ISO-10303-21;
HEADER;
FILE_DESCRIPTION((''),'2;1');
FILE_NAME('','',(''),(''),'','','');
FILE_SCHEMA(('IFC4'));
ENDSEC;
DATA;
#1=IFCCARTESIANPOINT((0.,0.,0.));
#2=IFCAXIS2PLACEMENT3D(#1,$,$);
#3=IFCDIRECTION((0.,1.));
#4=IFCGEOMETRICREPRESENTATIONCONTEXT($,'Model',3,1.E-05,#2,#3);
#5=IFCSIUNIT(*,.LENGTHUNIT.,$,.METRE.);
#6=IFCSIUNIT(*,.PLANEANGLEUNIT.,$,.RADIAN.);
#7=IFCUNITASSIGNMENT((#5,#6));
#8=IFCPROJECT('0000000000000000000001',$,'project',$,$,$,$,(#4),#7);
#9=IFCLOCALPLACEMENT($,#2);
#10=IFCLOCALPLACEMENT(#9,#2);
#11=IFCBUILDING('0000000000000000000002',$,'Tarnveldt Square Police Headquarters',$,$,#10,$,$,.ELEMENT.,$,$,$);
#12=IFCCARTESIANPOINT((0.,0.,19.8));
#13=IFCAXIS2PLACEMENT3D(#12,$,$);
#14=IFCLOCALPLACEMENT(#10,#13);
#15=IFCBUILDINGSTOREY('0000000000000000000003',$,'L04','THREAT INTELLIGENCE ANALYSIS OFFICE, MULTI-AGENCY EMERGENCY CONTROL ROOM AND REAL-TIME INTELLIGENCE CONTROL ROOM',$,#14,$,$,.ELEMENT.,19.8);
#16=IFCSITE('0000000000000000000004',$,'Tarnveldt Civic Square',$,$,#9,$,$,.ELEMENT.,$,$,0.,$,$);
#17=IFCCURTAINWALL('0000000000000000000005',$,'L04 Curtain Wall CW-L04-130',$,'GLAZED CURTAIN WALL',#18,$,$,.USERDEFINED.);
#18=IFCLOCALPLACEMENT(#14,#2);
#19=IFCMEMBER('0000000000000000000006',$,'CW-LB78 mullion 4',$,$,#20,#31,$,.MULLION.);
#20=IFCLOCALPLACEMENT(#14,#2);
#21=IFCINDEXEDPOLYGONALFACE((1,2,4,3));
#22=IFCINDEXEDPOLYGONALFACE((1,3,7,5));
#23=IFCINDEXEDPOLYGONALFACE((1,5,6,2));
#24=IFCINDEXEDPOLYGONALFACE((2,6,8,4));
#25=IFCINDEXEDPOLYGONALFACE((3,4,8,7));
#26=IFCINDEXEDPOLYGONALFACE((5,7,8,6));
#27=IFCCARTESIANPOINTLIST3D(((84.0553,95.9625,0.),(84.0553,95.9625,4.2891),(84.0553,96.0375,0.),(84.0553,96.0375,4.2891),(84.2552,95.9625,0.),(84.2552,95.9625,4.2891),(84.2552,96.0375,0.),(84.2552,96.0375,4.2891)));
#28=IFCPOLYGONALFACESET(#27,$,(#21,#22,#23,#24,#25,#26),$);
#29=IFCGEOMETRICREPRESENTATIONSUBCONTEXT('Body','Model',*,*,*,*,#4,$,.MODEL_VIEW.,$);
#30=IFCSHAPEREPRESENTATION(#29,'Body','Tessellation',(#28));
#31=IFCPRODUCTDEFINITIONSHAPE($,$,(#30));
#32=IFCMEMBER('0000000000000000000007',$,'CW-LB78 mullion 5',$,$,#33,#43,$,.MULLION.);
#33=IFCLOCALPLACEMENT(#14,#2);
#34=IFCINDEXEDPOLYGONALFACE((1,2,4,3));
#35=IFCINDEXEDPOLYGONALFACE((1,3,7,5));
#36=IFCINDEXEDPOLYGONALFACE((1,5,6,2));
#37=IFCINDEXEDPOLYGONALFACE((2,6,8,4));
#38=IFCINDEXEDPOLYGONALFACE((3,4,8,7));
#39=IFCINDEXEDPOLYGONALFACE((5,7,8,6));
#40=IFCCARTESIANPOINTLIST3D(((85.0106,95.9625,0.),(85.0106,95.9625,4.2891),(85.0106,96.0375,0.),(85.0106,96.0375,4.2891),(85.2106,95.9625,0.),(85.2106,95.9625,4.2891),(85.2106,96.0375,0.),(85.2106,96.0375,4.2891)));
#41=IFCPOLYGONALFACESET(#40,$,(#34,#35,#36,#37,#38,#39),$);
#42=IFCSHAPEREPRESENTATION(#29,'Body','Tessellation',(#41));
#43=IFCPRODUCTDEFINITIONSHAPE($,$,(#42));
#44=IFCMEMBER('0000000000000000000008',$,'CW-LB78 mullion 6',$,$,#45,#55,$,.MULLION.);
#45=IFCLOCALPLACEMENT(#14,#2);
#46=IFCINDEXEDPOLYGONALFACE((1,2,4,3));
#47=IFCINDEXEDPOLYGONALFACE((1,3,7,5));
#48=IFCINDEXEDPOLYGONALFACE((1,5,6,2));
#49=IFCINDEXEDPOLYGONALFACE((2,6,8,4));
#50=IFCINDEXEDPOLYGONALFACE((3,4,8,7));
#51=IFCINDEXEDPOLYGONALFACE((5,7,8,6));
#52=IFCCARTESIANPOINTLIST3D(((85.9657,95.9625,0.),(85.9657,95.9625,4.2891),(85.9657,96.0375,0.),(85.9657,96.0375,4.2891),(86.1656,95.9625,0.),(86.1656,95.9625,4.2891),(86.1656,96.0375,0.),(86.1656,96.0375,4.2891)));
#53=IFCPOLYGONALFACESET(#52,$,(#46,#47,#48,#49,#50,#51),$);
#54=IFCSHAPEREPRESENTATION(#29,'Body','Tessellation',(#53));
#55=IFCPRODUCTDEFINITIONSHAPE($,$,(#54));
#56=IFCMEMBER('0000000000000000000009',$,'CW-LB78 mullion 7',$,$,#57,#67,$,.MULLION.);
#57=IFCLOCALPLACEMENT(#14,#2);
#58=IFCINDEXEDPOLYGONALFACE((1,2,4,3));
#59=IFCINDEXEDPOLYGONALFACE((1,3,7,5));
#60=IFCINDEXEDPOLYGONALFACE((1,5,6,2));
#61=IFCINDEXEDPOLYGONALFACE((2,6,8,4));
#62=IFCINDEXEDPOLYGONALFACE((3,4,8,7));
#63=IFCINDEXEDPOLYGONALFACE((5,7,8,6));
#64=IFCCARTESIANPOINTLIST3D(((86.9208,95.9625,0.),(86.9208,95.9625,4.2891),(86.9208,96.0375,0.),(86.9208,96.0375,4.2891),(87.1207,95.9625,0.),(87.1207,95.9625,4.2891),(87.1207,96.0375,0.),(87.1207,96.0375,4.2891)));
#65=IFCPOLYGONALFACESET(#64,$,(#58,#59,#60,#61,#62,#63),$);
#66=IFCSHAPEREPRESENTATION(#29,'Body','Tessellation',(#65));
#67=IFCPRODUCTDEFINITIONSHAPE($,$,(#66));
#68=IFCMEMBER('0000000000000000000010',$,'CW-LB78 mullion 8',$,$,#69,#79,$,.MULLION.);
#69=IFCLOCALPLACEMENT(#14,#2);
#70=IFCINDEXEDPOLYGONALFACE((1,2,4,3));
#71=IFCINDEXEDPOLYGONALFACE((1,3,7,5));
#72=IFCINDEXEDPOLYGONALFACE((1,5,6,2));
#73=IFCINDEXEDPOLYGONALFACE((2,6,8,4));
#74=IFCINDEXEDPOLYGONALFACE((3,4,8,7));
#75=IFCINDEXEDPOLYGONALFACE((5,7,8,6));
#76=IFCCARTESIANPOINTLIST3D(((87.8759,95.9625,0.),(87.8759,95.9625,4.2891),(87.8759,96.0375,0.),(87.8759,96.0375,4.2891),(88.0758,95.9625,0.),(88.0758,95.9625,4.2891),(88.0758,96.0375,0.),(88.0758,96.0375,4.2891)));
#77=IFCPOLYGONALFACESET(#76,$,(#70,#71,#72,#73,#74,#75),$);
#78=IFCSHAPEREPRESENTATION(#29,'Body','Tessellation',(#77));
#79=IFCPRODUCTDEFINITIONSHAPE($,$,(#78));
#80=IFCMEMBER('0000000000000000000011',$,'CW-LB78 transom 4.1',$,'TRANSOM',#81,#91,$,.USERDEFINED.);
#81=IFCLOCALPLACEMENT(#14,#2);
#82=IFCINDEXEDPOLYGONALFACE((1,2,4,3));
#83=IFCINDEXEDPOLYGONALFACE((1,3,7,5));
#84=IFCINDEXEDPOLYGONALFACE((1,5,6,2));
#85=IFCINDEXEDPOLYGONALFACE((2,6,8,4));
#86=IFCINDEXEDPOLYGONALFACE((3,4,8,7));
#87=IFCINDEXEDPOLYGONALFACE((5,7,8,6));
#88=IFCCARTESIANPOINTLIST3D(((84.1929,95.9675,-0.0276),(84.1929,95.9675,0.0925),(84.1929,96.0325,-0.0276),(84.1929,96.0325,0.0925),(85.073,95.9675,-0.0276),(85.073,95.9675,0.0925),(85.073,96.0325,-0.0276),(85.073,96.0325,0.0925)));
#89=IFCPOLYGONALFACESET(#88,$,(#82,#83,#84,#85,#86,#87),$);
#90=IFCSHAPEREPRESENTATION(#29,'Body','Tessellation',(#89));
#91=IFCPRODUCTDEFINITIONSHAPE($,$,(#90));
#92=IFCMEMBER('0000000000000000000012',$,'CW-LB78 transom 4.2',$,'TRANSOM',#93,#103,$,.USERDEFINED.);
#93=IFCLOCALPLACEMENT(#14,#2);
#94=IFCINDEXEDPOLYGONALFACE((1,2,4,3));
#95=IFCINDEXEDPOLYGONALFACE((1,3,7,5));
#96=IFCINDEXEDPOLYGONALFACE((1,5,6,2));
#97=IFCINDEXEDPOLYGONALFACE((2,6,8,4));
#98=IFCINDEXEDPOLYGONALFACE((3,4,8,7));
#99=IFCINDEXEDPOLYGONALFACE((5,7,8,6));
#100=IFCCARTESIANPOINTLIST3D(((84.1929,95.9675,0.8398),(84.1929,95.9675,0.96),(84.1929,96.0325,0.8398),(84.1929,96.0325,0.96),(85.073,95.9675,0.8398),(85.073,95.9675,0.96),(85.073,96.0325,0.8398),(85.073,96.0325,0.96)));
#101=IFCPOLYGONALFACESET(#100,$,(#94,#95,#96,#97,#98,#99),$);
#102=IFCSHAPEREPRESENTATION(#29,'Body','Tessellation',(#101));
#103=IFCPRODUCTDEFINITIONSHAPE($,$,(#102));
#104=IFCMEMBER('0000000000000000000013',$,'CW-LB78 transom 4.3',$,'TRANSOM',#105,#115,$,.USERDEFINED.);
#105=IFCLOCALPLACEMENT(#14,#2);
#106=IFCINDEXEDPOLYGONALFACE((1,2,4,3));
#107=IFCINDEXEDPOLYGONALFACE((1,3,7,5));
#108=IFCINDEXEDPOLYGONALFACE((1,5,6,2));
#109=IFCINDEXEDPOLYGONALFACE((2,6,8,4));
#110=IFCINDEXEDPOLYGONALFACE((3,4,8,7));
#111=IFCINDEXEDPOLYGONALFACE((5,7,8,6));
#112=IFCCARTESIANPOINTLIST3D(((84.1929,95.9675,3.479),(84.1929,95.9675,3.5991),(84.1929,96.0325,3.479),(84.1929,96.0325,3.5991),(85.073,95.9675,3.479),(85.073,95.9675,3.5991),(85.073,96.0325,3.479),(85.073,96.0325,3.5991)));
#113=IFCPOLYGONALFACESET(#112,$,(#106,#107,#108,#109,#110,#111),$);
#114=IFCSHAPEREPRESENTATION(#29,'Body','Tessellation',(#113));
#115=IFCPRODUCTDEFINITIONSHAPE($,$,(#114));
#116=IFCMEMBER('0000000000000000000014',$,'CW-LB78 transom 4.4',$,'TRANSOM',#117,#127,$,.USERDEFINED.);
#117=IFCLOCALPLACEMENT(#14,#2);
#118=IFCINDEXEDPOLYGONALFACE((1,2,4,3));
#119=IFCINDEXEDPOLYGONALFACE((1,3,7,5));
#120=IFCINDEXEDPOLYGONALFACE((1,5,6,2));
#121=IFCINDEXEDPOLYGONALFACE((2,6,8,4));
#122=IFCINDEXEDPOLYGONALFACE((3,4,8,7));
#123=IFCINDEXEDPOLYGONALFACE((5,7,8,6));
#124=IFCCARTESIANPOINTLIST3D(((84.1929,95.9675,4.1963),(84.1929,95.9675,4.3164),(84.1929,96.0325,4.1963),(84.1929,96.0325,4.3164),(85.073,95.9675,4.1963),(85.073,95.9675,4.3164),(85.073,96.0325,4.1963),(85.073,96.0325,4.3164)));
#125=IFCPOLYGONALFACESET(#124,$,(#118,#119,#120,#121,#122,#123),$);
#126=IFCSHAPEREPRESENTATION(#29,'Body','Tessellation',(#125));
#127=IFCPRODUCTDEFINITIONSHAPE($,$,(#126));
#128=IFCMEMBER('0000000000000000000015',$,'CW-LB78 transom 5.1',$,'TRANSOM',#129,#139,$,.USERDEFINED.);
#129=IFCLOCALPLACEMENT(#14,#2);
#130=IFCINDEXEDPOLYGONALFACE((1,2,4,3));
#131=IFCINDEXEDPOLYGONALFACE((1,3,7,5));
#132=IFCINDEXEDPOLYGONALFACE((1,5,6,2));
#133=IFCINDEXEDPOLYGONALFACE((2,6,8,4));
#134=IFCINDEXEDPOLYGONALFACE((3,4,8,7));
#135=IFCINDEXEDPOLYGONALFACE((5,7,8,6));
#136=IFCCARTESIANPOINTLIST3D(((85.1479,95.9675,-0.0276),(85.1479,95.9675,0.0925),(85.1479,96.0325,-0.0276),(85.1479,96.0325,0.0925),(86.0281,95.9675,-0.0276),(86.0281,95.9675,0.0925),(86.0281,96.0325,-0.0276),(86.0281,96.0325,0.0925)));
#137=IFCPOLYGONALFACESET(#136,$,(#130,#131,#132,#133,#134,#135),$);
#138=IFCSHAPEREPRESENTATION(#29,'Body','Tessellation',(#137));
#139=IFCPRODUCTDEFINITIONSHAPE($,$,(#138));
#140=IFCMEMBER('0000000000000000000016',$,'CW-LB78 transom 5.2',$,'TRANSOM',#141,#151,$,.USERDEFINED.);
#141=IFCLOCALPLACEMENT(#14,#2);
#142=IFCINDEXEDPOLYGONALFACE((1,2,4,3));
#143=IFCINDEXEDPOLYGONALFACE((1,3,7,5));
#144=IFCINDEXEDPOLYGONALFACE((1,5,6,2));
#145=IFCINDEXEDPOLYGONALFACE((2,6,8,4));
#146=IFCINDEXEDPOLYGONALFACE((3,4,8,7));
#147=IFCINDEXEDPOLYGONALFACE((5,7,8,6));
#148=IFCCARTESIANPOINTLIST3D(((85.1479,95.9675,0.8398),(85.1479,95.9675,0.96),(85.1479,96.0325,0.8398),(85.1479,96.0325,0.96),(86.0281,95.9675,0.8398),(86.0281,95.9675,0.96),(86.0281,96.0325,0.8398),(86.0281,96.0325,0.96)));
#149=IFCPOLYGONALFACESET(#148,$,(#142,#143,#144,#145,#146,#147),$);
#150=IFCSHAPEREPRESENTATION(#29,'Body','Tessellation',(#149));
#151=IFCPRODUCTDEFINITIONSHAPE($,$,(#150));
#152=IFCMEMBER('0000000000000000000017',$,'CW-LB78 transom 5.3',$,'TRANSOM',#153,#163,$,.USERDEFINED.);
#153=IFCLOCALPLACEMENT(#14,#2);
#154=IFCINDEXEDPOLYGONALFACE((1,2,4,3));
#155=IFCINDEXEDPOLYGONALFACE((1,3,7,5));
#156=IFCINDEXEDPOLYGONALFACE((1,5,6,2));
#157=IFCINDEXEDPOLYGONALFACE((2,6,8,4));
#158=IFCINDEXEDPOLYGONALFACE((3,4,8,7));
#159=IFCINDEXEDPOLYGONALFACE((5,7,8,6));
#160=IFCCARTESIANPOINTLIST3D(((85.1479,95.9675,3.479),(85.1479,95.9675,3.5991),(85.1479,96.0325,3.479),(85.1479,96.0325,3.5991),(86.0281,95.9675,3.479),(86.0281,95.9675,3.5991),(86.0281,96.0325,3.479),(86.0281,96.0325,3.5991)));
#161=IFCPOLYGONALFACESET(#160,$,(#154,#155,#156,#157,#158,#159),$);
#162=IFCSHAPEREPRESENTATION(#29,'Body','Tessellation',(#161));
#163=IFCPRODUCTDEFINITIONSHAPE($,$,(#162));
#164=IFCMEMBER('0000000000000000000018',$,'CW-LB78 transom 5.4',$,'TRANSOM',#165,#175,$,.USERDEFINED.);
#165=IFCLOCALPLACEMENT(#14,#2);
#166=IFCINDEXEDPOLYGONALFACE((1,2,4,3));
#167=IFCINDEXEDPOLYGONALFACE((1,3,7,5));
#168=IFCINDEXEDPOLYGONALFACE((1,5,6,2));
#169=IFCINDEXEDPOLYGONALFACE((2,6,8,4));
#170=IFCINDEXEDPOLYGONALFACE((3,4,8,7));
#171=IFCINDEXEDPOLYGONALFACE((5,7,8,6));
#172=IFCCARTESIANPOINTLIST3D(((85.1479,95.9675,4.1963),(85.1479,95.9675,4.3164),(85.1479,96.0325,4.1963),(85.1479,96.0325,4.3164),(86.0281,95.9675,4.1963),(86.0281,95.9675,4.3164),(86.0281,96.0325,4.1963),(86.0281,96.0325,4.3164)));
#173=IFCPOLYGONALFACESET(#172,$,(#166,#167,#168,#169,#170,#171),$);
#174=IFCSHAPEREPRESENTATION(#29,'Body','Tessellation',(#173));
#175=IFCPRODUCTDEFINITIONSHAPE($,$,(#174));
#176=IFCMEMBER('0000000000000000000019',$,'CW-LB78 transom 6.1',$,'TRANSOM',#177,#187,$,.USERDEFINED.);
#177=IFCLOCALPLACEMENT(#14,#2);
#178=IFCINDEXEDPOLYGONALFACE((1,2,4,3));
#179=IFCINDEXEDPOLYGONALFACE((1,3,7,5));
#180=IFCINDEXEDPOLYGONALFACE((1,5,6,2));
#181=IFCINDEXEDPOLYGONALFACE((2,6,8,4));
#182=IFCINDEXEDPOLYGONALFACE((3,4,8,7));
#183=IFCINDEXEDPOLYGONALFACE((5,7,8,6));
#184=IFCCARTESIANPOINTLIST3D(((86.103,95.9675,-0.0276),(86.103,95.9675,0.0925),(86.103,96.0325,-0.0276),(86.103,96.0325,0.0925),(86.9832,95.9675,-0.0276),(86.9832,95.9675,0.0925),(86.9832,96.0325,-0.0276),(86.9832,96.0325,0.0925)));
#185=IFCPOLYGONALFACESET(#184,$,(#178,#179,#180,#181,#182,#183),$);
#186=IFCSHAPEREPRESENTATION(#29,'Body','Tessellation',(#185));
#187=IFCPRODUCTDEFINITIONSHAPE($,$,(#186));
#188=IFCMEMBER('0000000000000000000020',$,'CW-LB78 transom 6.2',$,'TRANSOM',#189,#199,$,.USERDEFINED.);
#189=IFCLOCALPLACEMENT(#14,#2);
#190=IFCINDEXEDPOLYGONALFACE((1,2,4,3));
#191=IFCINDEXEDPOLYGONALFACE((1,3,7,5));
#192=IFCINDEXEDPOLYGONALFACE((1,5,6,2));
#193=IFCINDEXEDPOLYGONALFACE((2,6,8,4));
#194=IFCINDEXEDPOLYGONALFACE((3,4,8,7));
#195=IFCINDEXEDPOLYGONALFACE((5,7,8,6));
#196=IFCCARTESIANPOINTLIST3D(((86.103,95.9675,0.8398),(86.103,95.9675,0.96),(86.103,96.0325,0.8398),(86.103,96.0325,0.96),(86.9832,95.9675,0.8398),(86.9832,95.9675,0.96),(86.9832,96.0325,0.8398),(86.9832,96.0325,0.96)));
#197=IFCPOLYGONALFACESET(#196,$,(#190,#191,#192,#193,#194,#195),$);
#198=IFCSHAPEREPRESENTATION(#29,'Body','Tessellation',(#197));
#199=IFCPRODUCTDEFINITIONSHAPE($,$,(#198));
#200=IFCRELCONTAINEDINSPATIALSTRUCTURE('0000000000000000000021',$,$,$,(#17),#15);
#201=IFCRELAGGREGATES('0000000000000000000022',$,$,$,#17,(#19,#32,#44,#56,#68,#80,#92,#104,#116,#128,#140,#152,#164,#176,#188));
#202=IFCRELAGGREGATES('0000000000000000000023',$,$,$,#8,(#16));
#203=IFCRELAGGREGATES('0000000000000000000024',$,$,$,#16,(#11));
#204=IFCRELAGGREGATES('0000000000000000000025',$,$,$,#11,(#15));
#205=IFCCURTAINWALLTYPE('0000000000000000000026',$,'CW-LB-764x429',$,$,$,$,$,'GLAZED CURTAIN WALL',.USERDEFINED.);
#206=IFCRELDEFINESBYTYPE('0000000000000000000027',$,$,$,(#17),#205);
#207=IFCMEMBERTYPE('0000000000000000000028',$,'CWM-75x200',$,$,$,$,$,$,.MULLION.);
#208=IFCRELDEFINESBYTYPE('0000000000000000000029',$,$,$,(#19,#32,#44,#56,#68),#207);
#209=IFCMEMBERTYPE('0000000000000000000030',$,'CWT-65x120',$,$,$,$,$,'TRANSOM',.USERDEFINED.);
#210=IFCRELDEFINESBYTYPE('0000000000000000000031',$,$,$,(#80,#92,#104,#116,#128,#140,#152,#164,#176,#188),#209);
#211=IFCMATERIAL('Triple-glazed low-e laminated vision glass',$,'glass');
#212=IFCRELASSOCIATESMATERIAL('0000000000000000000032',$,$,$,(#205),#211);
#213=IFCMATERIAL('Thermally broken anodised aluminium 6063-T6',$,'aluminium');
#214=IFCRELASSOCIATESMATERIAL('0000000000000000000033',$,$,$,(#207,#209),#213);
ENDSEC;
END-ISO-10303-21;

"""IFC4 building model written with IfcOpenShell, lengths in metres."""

from ifc_helpers import new_model, si_unit, direction, frame, origin, origin_2d, place, context, subcontext, project, spatial, rectangle, extrude, material, material_profile, profile_set, type_object, element, aggregate, save


model = new_model("IFC4")

# Units and contexts
model_context = context("Model", 3, precision=1e-05, world=origin(), true_north=direction((0.0, 1.0)))
body_context = subcontext(model_context, "Body", "Model", "MODEL_VIEW")
ifc_project = project(units=[si_unit("LENGTHUNIT", "METRE"), si_unit("PLANEANGLEUNIT", "RADIAN")], contexts=[model_context])

# Site, building, storey
site_placement = place(None, origin())
site = spatial("IfcSite", under=ifc_project, at=site_placement, Name="Tarnveldt Civic Square", CompositionType="ELEMENT", RefElevation=0.0)
building_placement = place(site_placement, origin())
building = spatial("IfcBuilding", under=site, at=building_placement, Name="Tarnveldt Square Police Headquarters", CompositionType="ELEMENT")
storey_placement = place(building_placement, frame((0.0, 0.0, 19.8)))
storey = spatial("IfcBuildingStorey", under=building, at=storey_placement, Name="L04", Description="THREAT INTELLIGENCE ANALYSIS OFFICE, MULTI-AGENCY EMERGENCY CONTROL ROOM AND REAL-TIME INTELLIGENCE CONTROL ROOM", CompositionType="ELEMENT", Elevation=19.8)

# Curtain wall, members
ifc_material_1 = material(Name="Triple-glazed low-e laminated vision glass", Category="glass")
curtain_wall_type = type_object("IfcCurtainWallType", Name="CW-LB-764x429", ElementType="GLAZED CURTAIN WALL", PredefinedType="USERDEFINED", material=ifc_material_1)
curtain_wall_placement = place(storey_placement, origin())
curtain_wall = element("IfcCurtainWall", 1, at=curtain_wall_placement, inside=storey, type_object=curtain_wall_type, Name="L04 Curtain Wall CW-L04-130", ObjectType="GLAZED CURTAIN WALL", PredefinedType="USERDEFINED")
ifc_material_2 = material(Name="Thermally broken anodised aluminium 6063-T6", Category="aluminium")
ifc_material_profile_1 = material_profile(ifc_material_2, rectangle(XDim=0.075, YDim=0.2, at=origin_2d()), Name="CW-M75x200")
ifc_profile_set_1 = profile_set([ifc_material_profile_1], Name="Thermally broken anodised aluminium 6063-T6")
member_type_1 = type_object("IfcMemberType", Name="CWM-75x200", PredefinedType="MULLION", material=ifc_profile_set_1)
member_1_placement = place(storey_placement, frame((84.1553, 96.0, 0.0), z_axis=(0.0, 0.0, 1.0), x_axis=(0.0, 1.0, 0.0)))
member_1 = element("IfcMember", 2, at=member_1_placement, type_object=member_type_1, Name="CW-LB78 mullion 4", PredefinedType="MULLION", context=body_context, shape_type="SweptSolid", body=[
    extrude(rectangle(XDim=0.075, YDim=0.2, at=origin_2d()), origin(), (0.0, 0.0, 1.0), 4.2891),
])
member_2_placement = place(storey_placement, frame((85.1106, 96.0, 0.0), z_axis=(0.0, 0.0, 1.0), x_axis=(0.0, 1.0, 0.0)))
member_2 = element("IfcMember", 3, at=member_2_placement, type_object=member_type_1, Name="CW-LB78 mullion 5", PredefinedType="MULLION", context=body_context, shape_type="SweptSolid", body=[
    extrude(rectangle(XDim=0.075, YDim=0.2, at=origin_2d()), origin(), (0.0, 0.0, 1.0), 4.2891),
])
member_3_placement = place(storey_placement, frame((86.0657, 96.0, 0.0), z_axis=(0.0, 0.0, 1.0), x_axis=(0.0, 1.0, 0.0)))
member_3 = element("IfcMember", 4, at=member_3_placement, type_object=member_type_1, Name="CW-LB78 mullion 6", PredefinedType="MULLION", context=body_context, shape_type="SweptSolid", body=[
    extrude(rectangle(XDim=0.075, YDim=0.2, at=origin_2d()), origin(), (0.0, 0.0, 1.0), 4.2891),
])
member_4_placement = place(storey_placement, frame((87.0208, 96.0, 0.0), z_axis=(0.0, 0.0, 1.0), x_axis=(0.0, 1.0, 0.0)))
member_4 = element("IfcMember", 5, at=member_4_placement, type_object=member_type_1, Name="CW-LB78 mullion 7", PredefinedType="MULLION", context=body_context, shape_type="SweptSolid", body=[
    extrude(rectangle(XDim=0.075, YDim=0.2, at=origin_2d()), origin(), (0.0, 0.0, 1.0), 4.2891),
])
member_5_placement = place(storey_placement, frame((87.9758, 96.0, 0.0), z_axis=(0.0, 0.0, 1.0), x_axis=(0.0, 1.0, 0.0)))
member_5 = element("IfcMember", 6, at=member_5_placement, type_object=member_type_1, Name="CW-LB78 mullion 8", PredefinedType="MULLION", context=body_context, shape_type="SweptSolid", body=[
    extrude(rectangle(XDim=0.075, YDim=0.2, at=origin_2d()), origin(), (0.0, 0.0, 1.0), 4.2891),
])
ifc_material_profile_2 = material_profile(ifc_material_2, rectangle(XDim=0.0649, YDim=0.1201, at=origin_2d()), Name="CW-T65x120")
ifc_profile_set_2 = profile_set([ifc_material_profile_2], Name="Thermally broken anodised aluminium 6063-T6")
member_type_2 = type_object("IfcMemberType", Name="CWT-65x120", ElementType="TRANSOM", PredefinedType="USERDEFINED", material=ifc_profile_set_2)
member_6_placement = place(storey_placement, frame((84.1929, 96.0, 0.0325), z_axis=(1.0, 0.0, 0.0), x_axis=(0.0, 1.0, 0.0)))
member_6 = element("IfcMember", 7, at=member_6_placement, type_object=member_type_2, Name="CW-LB78 transom 4.1", ObjectType="TRANSOM", PredefinedType="USERDEFINED", context=body_context, shape_type="SweptSolid", body=[
    extrude(rectangle(XDim=0.0649, YDim=0.1201, at=origin_2d()), origin(), (0.0, 0.0, 1.0), 0.8801),
])
member_7_placement = place(storey_placement, frame((84.1929, 96.0, 0.8999), z_axis=(1.0, 0.0, 0.0), x_axis=(0.0, 1.0, 0.0)))
member_7 = element("IfcMember", 8, at=member_7_placement, type_object=member_type_2, Name="CW-LB78 transom 4.2", ObjectType="TRANSOM", PredefinedType="USERDEFINED", context=body_context, shape_type="SweptSolid", body=[
    extrude(rectangle(XDim=0.0649, YDim=0.1201, at=origin_2d()), origin(), (0.0, 0.0, 1.0), 0.8801),
])
member_8_placement = place(storey_placement, frame((84.1929, 96.0, 3.5391), z_axis=(1.0, 0.0, 0.0), x_axis=(0.0, 1.0, 0.0)))
member_8 = element("IfcMember", 9, at=member_8_placement, type_object=member_type_2, Name="CW-LB78 transom 4.3", ObjectType="TRANSOM", PredefinedType="USERDEFINED", context=body_context, shape_type="SweptSolid", body=[
    extrude(rectangle(XDim=0.0649, YDim=0.1201, at=origin_2d()), origin(), (0.0, 0.0, 1.0), 0.8801),
])
member_9_placement = place(storey_placement, frame((84.1929, 96.0, 4.2563), z_axis=(1.0, 0.0, 0.0), x_axis=(0.0, 1.0, 0.0)))
member_9 = element("IfcMember", 10, at=member_9_placement, type_object=member_type_2, Name="CW-LB78 transom 4.4", ObjectType="TRANSOM", PredefinedType="USERDEFINED", context=body_context, shape_type="SweptSolid", body=[
    extrude(rectangle(XDim=0.0649, YDim=0.1201, at=origin_2d()), origin(), (0.0, 0.0, 1.0), 0.8801),
])
member_10_placement = place(storey_placement, frame((85.1479, 96.0, 0.0325), z_axis=(1.0, 0.0, 0.0), x_axis=(0.0, 1.0, 0.0)))
member_10 = element("IfcMember", 11, at=member_10_placement, type_object=member_type_2, Name="CW-LB78 transom 5.1", ObjectType="TRANSOM", PredefinedType="USERDEFINED", context=body_context, shape_type="SweptSolid", body=[
    extrude(rectangle(XDim=0.0649, YDim=0.1201, at=origin_2d()), origin(), (0.0, 0.0, 1.0), 0.8801),
])
member_11_placement = place(storey_placement, frame((85.1479, 96.0, 0.8999), z_axis=(1.0, 0.0, 0.0), x_axis=(0.0, 1.0, 0.0)))
member_11 = element("IfcMember", 12, at=member_11_placement, type_object=member_type_2, Name="CW-LB78 transom 5.2", ObjectType="TRANSOM", PredefinedType="USERDEFINED", context=body_context, shape_type="SweptSolid", body=[
    extrude(rectangle(XDim=0.0649, YDim=0.1201, at=origin_2d()), origin(), (0.0, 0.0, 1.0), 0.8801),
])
member_12_placement = place(storey_placement, frame((85.1479, 96.0, 3.5391), z_axis=(1.0, 0.0, 0.0), x_axis=(0.0, 1.0, 0.0)))
member_12 = element("IfcMember", 13, at=member_12_placement, type_object=member_type_2, Name="CW-LB78 transom 5.3", ObjectType="TRANSOM", PredefinedType="USERDEFINED", context=body_context, shape_type="SweptSolid", body=[
    extrude(rectangle(XDim=0.0649, YDim=0.1201, at=origin_2d()), origin(), (0.0, 0.0, 1.0), 0.8801),
])
member_13_placement = place(storey_placement, frame((85.1479, 96.0, 4.2563), z_axis=(1.0, 0.0, 0.0), x_axis=(0.0, 1.0, 0.0)))
member_13 = element("IfcMember", 14, at=member_13_placement, type_object=member_type_2, Name="CW-LB78 transom 5.4", ObjectType="TRANSOM", PredefinedType="USERDEFINED", context=body_context, shape_type="SweptSolid", body=[
    extrude(rectangle(XDim=0.0649, YDim=0.1201, at=origin_2d()), origin(), (0.0, 0.0, 1.0), 0.8801),
])
member_14_placement = place(storey_placement, frame((86.103, 96.0, 0.0325), z_axis=(1.0, 0.0, 0.0), x_axis=(0.0, 1.0, 0.0)))
member_14 = element("IfcMember", 15, at=member_14_placement, type_object=member_type_2, Name="CW-LB78 transom 6.1", ObjectType="TRANSOM", PredefinedType="USERDEFINED", context=body_context, shape_type="SweptSolid", body=[
    extrude(rectangle(XDim=0.0649, YDim=0.1201, at=origin_2d()), origin(), (0.0, 0.0, 1.0), 0.8801),
])
member_15_placement = place(storey_placement, frame((86.103, 96.0, 0.8999), z_axis=(1.0, 0.0, 0.0), x_axis=(0.0, 1.0, 0.0)))
member_15 = element("IfcMember", 16, at=member_15_placement, type_object=member_type_2, Name="CW-LB78 transom 6.2", ObjectType="TRANSOM", PredefinedType="USERDEFINED", context=body_context, shape_type="SweptSolid", body=[
    extrude(rectangle(XDim=0.0649, YDim=0.1201, at=origin_2d()), origin(), (0.0, 0.0, 1.0), 0.8801),
])
aggregate(curtain_wall, [member_1, member_2, member_3, member_4, member_5, member_6, member_7, member_8, member_9, member_10, member_11, member_12, member_13, member_14, member_15])

save(model, "model.ifc")
